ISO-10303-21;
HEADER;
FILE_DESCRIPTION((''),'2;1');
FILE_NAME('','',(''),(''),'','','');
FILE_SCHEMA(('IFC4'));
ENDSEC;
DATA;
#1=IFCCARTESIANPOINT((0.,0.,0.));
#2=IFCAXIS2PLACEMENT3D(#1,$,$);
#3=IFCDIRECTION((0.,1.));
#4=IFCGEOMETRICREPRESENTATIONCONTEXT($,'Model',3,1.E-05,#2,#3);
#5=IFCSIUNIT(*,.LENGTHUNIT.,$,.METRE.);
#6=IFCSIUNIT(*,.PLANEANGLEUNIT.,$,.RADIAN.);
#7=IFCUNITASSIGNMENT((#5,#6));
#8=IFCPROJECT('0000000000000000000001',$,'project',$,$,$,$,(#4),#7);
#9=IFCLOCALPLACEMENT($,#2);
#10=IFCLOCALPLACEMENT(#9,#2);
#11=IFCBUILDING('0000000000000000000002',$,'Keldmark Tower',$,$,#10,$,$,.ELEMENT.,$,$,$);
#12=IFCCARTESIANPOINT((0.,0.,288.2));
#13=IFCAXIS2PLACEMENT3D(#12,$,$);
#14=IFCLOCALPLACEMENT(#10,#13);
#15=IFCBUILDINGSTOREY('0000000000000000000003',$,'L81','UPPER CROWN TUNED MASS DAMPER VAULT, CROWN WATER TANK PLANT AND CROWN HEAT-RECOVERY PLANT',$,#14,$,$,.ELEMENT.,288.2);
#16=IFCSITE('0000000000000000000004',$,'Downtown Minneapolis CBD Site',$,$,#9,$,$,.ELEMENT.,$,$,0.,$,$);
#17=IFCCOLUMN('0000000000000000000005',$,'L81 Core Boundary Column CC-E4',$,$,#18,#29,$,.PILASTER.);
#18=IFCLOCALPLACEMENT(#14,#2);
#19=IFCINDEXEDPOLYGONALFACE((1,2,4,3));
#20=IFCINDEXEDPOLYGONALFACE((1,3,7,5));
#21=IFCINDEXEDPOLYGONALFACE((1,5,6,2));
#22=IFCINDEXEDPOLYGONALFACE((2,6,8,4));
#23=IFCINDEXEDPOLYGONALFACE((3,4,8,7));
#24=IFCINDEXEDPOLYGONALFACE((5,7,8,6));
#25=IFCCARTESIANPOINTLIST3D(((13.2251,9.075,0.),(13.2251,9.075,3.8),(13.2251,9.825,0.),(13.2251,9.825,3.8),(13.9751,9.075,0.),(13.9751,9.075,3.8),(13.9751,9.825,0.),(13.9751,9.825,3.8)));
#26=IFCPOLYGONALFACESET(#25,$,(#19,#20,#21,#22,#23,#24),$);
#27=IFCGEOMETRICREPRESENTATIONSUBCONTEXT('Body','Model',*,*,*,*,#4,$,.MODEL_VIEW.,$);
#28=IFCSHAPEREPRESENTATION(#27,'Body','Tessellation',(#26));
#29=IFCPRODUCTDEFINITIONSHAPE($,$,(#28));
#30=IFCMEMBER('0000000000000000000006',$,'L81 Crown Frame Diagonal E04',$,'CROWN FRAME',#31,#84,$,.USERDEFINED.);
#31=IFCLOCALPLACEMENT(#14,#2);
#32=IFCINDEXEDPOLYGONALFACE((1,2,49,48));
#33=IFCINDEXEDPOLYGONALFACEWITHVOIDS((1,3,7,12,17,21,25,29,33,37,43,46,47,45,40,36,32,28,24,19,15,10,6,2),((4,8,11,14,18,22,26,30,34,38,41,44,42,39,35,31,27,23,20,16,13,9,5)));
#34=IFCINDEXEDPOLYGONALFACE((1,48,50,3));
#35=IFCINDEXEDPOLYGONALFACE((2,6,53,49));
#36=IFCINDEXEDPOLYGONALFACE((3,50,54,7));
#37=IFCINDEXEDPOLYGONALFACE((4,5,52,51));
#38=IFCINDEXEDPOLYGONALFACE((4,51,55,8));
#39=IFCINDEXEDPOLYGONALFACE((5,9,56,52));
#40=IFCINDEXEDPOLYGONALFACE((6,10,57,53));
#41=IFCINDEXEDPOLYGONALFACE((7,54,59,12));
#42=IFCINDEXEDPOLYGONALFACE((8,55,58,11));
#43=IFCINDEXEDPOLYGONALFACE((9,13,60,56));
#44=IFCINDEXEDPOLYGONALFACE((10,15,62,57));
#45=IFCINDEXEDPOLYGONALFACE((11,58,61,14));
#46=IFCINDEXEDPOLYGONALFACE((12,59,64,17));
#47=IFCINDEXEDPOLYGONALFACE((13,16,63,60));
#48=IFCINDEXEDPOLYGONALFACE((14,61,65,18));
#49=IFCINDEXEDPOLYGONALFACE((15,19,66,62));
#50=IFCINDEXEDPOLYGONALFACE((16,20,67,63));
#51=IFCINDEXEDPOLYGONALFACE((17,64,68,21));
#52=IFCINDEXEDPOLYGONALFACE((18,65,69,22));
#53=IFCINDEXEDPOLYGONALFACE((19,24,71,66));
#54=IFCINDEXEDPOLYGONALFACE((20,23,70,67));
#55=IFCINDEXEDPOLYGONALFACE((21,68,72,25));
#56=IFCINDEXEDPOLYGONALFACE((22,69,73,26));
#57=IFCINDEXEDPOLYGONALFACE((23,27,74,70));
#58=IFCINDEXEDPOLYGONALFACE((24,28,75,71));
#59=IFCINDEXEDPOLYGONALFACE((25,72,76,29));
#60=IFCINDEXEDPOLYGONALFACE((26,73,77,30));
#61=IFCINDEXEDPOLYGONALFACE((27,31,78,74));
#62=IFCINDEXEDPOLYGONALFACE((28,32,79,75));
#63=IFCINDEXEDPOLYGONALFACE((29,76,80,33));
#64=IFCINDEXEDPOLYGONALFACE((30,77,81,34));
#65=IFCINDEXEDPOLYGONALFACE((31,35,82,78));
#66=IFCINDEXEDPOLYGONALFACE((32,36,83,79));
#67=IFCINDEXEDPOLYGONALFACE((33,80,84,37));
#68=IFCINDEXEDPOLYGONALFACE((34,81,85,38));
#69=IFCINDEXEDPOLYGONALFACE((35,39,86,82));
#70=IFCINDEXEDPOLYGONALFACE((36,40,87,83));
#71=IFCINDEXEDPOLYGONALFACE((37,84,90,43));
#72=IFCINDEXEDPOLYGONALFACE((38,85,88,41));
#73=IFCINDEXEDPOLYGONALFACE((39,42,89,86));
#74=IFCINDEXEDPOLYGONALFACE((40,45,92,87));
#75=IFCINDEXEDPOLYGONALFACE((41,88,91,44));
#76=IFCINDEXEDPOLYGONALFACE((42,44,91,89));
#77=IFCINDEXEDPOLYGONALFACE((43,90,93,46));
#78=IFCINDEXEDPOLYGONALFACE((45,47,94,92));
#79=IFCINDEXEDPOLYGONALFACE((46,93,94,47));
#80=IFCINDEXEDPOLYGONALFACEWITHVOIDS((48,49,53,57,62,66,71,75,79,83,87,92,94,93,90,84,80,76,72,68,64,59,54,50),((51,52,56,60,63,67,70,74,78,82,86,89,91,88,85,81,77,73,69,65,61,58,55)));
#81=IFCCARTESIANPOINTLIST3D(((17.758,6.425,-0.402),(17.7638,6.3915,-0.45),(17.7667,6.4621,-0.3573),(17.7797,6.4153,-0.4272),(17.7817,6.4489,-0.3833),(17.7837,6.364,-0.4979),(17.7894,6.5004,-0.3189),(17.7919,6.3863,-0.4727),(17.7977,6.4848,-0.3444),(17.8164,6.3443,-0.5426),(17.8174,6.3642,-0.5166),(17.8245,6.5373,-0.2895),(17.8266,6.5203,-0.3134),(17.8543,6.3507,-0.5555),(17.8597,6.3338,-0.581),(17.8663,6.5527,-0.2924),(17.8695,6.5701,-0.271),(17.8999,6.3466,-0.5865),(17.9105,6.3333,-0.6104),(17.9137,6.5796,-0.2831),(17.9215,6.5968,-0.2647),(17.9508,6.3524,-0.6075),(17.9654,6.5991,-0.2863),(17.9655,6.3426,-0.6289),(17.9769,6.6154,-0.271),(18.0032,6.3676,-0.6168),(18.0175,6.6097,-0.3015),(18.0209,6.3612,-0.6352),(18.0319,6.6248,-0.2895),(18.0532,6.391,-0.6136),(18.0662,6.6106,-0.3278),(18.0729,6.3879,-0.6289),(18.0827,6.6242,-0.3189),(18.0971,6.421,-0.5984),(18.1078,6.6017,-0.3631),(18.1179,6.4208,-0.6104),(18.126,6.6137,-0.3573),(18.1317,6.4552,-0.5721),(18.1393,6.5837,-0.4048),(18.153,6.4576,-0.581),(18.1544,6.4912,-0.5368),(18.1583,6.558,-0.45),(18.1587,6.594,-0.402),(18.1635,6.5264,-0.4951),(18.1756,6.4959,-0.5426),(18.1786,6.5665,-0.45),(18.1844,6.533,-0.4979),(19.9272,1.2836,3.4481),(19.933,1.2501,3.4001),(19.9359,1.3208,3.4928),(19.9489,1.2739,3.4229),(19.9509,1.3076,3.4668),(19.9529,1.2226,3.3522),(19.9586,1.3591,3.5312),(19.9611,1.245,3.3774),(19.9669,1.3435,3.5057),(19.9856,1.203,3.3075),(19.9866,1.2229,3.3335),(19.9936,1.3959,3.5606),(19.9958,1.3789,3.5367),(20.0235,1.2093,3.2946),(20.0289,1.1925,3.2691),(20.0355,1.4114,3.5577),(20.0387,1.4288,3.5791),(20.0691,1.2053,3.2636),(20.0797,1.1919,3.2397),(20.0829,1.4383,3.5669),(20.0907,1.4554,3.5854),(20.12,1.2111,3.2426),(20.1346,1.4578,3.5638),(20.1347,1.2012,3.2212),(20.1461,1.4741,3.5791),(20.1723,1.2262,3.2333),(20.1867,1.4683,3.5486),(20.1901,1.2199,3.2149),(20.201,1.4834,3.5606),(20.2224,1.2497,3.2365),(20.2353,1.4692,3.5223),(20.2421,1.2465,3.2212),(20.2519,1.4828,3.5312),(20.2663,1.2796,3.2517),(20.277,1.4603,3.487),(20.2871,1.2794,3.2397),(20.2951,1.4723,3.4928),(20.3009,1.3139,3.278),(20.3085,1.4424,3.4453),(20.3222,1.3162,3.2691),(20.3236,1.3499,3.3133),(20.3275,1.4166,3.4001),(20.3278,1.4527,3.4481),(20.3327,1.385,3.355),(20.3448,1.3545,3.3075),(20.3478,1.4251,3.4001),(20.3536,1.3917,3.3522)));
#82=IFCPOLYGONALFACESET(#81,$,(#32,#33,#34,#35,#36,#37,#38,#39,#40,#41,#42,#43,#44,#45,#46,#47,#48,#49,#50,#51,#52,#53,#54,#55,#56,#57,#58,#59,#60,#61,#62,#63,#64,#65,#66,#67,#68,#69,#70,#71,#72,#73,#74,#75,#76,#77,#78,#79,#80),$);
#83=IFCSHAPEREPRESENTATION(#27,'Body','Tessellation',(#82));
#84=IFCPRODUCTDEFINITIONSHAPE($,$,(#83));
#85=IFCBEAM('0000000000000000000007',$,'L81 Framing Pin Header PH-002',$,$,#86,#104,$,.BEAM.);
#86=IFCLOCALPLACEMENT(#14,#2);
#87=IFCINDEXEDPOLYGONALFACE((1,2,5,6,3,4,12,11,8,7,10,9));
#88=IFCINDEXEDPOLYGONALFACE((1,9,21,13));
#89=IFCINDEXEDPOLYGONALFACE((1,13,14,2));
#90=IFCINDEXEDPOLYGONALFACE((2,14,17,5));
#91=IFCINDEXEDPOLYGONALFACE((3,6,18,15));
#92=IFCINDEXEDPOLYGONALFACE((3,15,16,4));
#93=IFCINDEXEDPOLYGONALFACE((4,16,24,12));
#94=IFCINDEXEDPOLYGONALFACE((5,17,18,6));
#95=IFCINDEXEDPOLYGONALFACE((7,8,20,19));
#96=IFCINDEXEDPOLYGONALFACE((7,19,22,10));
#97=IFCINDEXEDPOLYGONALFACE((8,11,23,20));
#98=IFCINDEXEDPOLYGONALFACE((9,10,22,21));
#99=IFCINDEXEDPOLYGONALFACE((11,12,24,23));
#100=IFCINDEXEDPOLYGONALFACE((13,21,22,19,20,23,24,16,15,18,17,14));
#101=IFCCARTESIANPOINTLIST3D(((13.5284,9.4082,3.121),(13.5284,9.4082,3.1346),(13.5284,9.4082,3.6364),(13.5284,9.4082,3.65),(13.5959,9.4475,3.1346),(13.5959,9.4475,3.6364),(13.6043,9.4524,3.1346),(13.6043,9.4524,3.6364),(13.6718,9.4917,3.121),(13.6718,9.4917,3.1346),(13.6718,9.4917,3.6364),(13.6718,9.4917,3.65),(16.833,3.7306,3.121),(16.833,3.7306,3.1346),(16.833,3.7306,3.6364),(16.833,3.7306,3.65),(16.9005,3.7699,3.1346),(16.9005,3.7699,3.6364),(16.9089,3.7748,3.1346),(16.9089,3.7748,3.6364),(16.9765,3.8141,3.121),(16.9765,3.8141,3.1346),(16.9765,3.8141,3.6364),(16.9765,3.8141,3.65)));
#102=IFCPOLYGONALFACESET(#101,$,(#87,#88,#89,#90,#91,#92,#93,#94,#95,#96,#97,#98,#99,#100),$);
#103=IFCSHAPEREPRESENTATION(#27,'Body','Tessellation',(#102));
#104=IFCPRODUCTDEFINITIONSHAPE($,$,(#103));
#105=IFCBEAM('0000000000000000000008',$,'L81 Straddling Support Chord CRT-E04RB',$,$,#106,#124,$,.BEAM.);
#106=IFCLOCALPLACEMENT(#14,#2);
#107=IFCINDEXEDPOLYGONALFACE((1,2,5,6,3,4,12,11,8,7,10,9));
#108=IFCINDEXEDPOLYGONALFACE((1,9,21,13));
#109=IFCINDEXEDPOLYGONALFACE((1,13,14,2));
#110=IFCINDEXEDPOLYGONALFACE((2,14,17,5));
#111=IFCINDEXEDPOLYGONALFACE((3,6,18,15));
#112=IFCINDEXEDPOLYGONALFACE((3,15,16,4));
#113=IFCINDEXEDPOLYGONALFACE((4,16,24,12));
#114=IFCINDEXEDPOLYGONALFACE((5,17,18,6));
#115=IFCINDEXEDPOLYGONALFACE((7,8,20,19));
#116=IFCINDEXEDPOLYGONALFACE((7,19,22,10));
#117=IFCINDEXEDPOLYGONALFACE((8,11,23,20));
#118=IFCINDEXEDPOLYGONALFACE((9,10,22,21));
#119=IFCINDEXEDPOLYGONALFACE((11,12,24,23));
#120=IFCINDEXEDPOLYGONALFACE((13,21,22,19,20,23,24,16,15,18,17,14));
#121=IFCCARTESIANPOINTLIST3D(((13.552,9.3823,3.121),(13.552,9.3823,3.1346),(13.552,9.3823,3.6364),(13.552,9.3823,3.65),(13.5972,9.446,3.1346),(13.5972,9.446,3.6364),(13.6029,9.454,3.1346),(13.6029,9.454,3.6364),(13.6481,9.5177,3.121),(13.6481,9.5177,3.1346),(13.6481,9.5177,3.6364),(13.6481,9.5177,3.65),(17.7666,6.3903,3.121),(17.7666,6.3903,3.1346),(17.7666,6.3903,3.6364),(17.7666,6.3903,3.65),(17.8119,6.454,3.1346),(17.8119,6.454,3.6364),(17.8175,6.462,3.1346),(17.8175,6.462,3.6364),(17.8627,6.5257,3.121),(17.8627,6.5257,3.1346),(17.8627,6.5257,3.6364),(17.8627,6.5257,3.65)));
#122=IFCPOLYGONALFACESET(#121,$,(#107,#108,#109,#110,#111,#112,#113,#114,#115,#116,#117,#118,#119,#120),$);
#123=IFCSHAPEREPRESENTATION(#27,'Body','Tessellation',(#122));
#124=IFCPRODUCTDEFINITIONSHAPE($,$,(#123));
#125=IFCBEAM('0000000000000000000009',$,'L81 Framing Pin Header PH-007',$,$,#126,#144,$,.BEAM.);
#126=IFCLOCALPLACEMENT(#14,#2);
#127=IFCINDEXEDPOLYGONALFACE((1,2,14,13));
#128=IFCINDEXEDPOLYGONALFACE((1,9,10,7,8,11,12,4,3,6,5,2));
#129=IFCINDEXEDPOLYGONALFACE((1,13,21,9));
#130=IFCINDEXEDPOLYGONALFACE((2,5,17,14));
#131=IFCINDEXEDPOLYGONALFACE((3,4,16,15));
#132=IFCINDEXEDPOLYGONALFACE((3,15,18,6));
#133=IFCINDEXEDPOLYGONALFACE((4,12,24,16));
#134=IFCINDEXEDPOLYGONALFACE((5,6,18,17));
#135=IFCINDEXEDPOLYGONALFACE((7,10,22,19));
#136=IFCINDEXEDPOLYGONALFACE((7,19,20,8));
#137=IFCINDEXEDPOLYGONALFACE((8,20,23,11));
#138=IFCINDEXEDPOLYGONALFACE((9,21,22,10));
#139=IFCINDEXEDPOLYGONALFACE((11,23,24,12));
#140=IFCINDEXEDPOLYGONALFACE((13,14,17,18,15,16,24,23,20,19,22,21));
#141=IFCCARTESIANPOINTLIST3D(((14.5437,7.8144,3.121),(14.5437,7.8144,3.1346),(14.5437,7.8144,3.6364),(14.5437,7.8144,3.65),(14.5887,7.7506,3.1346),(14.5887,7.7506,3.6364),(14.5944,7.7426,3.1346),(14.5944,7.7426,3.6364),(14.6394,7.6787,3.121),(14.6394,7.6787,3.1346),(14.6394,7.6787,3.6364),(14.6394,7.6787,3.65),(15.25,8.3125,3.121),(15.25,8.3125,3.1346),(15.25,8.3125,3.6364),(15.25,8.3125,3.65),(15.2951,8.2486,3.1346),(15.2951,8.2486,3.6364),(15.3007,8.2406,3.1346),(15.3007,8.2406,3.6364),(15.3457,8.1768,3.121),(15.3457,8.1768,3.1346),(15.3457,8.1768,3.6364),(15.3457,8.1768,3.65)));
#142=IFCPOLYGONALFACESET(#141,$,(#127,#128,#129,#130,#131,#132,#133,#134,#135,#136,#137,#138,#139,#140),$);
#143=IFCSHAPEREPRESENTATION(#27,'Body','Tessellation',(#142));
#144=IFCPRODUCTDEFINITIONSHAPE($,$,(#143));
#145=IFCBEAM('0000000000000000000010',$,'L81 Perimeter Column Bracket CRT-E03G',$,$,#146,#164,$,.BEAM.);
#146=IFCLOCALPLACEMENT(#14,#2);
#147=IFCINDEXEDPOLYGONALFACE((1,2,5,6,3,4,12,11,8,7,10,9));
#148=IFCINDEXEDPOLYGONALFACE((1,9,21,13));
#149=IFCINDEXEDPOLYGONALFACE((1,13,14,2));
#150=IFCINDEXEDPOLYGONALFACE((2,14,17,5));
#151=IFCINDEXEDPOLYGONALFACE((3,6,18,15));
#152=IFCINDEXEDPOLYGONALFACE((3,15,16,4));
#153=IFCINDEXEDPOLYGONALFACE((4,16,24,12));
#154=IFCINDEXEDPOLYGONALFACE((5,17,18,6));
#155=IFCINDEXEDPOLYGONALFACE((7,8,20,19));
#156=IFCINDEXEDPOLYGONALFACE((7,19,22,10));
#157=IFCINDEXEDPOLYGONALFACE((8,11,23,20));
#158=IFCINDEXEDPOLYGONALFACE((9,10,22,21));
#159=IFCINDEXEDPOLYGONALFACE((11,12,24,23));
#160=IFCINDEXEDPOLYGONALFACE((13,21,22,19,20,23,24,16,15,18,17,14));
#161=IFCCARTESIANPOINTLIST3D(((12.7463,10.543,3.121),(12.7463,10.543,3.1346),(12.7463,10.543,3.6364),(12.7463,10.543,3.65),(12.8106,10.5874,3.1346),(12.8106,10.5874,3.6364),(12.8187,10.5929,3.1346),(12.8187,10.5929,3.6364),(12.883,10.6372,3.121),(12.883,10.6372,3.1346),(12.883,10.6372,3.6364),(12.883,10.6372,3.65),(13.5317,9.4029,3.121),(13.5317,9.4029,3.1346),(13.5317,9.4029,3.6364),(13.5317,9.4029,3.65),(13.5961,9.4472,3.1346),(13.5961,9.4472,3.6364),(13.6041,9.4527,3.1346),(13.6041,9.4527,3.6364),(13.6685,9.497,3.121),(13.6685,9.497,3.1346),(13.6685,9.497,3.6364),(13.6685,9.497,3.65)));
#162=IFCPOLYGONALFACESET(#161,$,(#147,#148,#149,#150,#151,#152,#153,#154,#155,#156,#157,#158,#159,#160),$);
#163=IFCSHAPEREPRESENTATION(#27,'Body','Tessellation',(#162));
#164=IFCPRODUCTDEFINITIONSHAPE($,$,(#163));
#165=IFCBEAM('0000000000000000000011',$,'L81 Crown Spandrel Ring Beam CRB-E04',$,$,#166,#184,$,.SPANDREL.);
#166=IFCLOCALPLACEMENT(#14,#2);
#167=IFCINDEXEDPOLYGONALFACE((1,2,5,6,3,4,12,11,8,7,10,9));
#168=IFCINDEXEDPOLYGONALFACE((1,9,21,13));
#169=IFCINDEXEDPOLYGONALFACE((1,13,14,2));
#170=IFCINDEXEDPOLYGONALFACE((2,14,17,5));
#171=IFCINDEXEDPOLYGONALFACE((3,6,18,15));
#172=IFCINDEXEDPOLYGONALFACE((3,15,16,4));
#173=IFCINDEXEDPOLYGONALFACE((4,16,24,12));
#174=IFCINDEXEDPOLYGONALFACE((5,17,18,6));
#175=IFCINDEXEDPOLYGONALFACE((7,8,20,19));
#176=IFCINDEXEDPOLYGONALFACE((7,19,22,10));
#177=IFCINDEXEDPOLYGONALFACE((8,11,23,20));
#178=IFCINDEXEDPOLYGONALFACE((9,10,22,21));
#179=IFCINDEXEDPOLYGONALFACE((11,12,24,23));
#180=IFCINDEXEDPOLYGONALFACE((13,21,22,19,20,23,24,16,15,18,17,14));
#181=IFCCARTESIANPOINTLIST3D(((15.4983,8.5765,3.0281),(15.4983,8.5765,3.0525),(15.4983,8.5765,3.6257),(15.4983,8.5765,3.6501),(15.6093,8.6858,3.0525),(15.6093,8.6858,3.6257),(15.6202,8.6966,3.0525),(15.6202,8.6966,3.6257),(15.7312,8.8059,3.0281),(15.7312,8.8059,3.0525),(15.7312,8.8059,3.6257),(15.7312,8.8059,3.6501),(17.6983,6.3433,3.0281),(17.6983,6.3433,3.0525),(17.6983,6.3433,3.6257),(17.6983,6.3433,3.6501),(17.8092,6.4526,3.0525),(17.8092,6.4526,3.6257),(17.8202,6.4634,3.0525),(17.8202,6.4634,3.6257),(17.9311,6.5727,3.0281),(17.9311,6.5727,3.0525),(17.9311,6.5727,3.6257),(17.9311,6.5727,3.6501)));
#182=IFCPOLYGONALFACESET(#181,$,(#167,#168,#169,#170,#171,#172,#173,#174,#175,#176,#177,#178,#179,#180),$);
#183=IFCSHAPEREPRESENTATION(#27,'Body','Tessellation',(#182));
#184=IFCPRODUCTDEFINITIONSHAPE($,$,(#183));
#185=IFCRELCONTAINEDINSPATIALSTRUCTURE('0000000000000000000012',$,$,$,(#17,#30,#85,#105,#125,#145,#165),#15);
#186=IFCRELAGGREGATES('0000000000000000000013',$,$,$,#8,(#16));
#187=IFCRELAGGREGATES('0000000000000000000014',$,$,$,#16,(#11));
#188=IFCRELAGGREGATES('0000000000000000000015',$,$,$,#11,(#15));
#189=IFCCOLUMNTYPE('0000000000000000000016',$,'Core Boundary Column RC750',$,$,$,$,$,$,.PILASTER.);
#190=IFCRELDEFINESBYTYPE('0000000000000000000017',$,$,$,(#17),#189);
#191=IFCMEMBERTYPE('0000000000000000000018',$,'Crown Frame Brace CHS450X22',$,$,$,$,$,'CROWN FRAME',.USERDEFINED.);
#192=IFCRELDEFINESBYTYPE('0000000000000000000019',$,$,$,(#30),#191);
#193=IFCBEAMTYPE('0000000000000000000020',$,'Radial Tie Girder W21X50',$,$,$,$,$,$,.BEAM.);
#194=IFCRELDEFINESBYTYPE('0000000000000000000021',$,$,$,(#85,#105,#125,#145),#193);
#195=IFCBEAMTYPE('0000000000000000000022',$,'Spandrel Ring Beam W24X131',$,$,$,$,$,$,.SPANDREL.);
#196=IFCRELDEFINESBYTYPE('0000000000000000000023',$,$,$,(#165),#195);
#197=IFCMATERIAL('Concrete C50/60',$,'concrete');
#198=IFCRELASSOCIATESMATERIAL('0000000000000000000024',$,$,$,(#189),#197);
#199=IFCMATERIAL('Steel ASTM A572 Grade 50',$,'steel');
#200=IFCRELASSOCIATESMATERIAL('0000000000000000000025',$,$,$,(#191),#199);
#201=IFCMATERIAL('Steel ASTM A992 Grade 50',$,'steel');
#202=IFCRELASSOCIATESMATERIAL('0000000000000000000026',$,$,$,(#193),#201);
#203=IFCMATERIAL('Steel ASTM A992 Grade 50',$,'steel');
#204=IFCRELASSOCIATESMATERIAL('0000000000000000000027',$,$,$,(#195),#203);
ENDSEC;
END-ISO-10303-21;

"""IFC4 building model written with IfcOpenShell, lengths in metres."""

from ifc_helpers import new_model, si_unit, direction, frame, origin, origin_2d, place, context, subcontext, project, spatial, rectangle, hollow_circle, i_section, extrude, material, material_profile, profile_set, type_object, element, save


model = new_model("IFC4")

# Units and contexts
model_context = context("Model", 3, precision=1e-05, world=origin(), true_north=direction((0.0, 1.0)))
body_context = subcontext(model_context, "Body", "Model", "MODEL_VIEW")
ifc_project = project(units=[si_unit("LENGTHUNIT", "METRE"), si_unit("PLANEANGLEUNIT", "RADIAN")], contexts=[model_context])

# Site, building, storey
site_placement = place(None, origin())
site = spatial("IfcSite", under=ifc_project, at=site_placement, Name="Downtown Minneapolis CBD Site", CompositionType="ELEMENT", RefElevation=0.0)
building_placement = place(site_placement, origin())
building = spatial("IfcBuilding", under=site, at=building_placement, Name="Keldmark Tower", CompositionType="ELEMENT")
storey_placement = place(building_placement, frame((0.0, 0.0, 288.2)))
storey = spatial("IfcBuildingStorey", under=building, at=storey_placement, Name="L81", Description="UPPER CROWN TUNED MASS DAMPER VAULT, CROWN WATER TANK PLANT AND CROWN HEAT-RECOVERY PLANT", CompositionType="ELEMENT", Elevation=288.2)

# Column
ifc_material_1 = material(Name="Concrete C50/60", Category="concrete")
ifc_material_profile_1 = material_profile(ifc_material_1, rectangle(XDim=0.75, YDim=0.75, at=origin_2d()), Name="RC750X750")
ifc_profile_set_1 = profile_set([ifc_material_profile_1], Name="Concrete C50/60")
column_type = type_object("IfcColumnType", Name="Core Boundary Column RC750", PredefinedType="PILASTER", material=ifc_profile_set_1)
column_placement = place(storey_placement, frame((13.6001, 9.45, 0.0), z_axis=(0.0, 0.0, 1.0), x_axis=(1.0, 0.0, 0.0)))
element("IfcColumn", 1, at=column_placement, inside=storey, type_object=column_type, Name="L81 Core Boundary Column CC-E4", PredefinedType="PILASTER", context=body_context, shape_type="SweptSolid", body=[
    extrude(rectangle(XDim=0.75, YDim=0.75, at=origin_2d()), origin(), (0.0, 0.0, 1.0), 3.8),
])

# Member
ifc_material_2 = material(Name="Steel ASTM A572 Grade 50", Category="steel")
ifc_material_profile_2 = material_profile(ifc_material_2, hollow_circle(Radius=0.2251, WallThickness=0.022, at=origin_2d()), Name="CHS450X22")
ifc_profile_set_2 = profile_set([ifc_material_profile_2], Name="Steel ASTM A572 Grade 50")
member_type = type_object("IfcMemberType", Name="Crown Frame Brace CHS450X22", ElementType="CROWN FRAME", PredefinedType="USERDEFINED", material=ifc_profile_set_2)
member_placement = place(storey_placement, frame((17.9712, 6.479, -0.45), z_axis=(0.319961, -0.758364, 0.567899), x_axis=(0.921353, 0.388728, 0.0)))
element("IfcMember", 2, at=member_placement, inside=storey, type_object=member_type, Name="L81 Crown Frame Diagonal E04", ObjectType="CROWN FRAME", PredefinedType="USERDEFINED", context=body_context, shape_type="SweptSolid", body=[
    extrude(hollow_circle(Radius=0.2251, WallThickness=0.022, at=origin_2d()), origin(), (0.0, 0.0, 1.0), 6.7795),
])

# Beams
ifc_material_3 = material(Name="Steel ASTM A992 Grade 50", Category="steel")
ifc_material_profile_3 = material_profile(ifc_material_3, i_section(OverallWidth=0.166, OverallDepth=0.5291, WebThickness=0.0098, FlangeThickness=0.0137, at=origin_2d()), Name="W21X50")
ifc_profile_set_3 = profile_set([ifc_material_profile_3], Name="Steel ASTM A992 Grade 50")
beam_type_1 = type_object("IfcBeamType", Name="Radial Tie Girder W21X50", PredefinedType="BEAM", material=ifc_profile_set_3)
beam_1_placement = place(storey_placement, frame((13.6001, 9.45, 3.3855), z_axis=(0.503039, -0.864264, 0.0), x_axis=(0.864264, 0.503039, 0.0)))
element("IfcBeam", 3, at=beam_1_placement, inside=storey, type_object=beam_type_1, Name="L81 Framing Pin Header PH-002", PredefinedType="BEAM", context=body_context, shape_type="SweptSolid", body=[
    extrude(i_section(OverallWidth=0.166, OverallDepth=0.5291, WebThickness=0.0098, FlangeThickness=0.0137, at=origin_2d()), origin(), (0.0, 0.0, 1.0), 6.5693),
])
beam_2_placement = place(storey_placement, frame((17.8147, 6.458, 3.3855), z_axis=(-0.815422, 0.578868, 0.0), x_axis=(-0.578868, -0.815422, 0.0)))
element("IfcBeam", 4, at=beam_2_placement, inside=storey, type_object=beam_type_1, Name="L81 Straddling Support Chord CRT-E04RB", PredefinedType="BEAM", context=body_context, shape_type="SweptSolid", body=[
    extrude(i_section(OverallWidth=0.166, OverallDepth=0.5291, WebThickness=0.0098, FlangeThickness=0.0137, at=origin_2d()), origin(), (0.0, 0.0, 1.0), 5.1687),
])
beam_3_placement = place(storey_placement, frame((14.5916, 7.7466, 3.3855), z_axis=(0.81725, 0.576284, 0.0), x_axis=(-0.576284, 0.81725, 0.0)))
element("IfcBeam", 5, at=beam_3_placement, inside=storey, type_object=beam_type_1, Name="L81 Framing Pin Header PH-007", PredefinedType="BEAM", context=body_context, shape_type="SweptSolid", body=[
    extrude(i_section(OverallWidth=0.166, OverallDepth=0.5291, WebThickness=0.0098, FlangeThickness=0.0137, at=origin_2d()), origin(), (0.0, 0.0, 1.0), 0.8643),
])
beam_4_placement = place(storey_placement, frame((13.6001, 9.45, 3.3855), z_axis=(-0.567292, 0.823517, 0.0), x_axis=(-0.823517, -0.567292, 0.0)))
element("IfcBeam", 6, at=beam_4_placement, inside=storey, type_object=beam_type_1, Name="L81 Perimeter Column Bracket CRT-E03G", PredefinedType="BEAM", context=body_context, shape_type="SweptSolid", body=[
    extrude(i_section(OverallWidth=0.166, OverallDepth=0.5291, WebThickness=0.0098, FlangeThickness=0.0137, at=origin_2d()), origin(), (0.0, 0.0, 1.0), 1.3845),
])
ifc_material_4 = material(Name="Steel ASTM A992 Grade 50", Category="steel")
ifc_material_profile_4 = material_profile(ifc_material_4, i_section(OverallWidth=0.3269, OverallDepth=0.6221, WebThickness=0.0154, FlangeThickness=0.0244, at=origin_2d()), Name="W24X131")
ifc_profile_set_4 = profile_set([ifc_material_profile_4], Name="Steel ASTM A992 Grade 50")
beam_type_2 = type_object("IfcBeamType", Name="Spandrel Ring Beam W24X131", PredefinedType="SPANDREL", material=ifc_profile_set_4)
beam_5_placement = place(storey_placement, frame((15.6147, 8.6912, 3.3391), z_axis=(0.701791, -0.712383, 0.0), x_axis=(0.712383, 0.701791, 0.0)))
element("IfcBeam", 7, at=beam_5_placement, inside=storey, type_object=beam_type_2, Name="L81 Crown Spandrel Ring Beam CRB-E04", PredefinedType="SPANDREL", context=body_context, shape_type="SweptSolid", body=[
    extrude(i_section(OverallWidth=0.3269, OverallDepth=0.6221, WebThickness=0.0154, FlangeThickness=0.0244, at=origin_2d()), origin(), (0.0, 0.0, 1.0), 3.1348),
])

save(model, "model.ifc")
